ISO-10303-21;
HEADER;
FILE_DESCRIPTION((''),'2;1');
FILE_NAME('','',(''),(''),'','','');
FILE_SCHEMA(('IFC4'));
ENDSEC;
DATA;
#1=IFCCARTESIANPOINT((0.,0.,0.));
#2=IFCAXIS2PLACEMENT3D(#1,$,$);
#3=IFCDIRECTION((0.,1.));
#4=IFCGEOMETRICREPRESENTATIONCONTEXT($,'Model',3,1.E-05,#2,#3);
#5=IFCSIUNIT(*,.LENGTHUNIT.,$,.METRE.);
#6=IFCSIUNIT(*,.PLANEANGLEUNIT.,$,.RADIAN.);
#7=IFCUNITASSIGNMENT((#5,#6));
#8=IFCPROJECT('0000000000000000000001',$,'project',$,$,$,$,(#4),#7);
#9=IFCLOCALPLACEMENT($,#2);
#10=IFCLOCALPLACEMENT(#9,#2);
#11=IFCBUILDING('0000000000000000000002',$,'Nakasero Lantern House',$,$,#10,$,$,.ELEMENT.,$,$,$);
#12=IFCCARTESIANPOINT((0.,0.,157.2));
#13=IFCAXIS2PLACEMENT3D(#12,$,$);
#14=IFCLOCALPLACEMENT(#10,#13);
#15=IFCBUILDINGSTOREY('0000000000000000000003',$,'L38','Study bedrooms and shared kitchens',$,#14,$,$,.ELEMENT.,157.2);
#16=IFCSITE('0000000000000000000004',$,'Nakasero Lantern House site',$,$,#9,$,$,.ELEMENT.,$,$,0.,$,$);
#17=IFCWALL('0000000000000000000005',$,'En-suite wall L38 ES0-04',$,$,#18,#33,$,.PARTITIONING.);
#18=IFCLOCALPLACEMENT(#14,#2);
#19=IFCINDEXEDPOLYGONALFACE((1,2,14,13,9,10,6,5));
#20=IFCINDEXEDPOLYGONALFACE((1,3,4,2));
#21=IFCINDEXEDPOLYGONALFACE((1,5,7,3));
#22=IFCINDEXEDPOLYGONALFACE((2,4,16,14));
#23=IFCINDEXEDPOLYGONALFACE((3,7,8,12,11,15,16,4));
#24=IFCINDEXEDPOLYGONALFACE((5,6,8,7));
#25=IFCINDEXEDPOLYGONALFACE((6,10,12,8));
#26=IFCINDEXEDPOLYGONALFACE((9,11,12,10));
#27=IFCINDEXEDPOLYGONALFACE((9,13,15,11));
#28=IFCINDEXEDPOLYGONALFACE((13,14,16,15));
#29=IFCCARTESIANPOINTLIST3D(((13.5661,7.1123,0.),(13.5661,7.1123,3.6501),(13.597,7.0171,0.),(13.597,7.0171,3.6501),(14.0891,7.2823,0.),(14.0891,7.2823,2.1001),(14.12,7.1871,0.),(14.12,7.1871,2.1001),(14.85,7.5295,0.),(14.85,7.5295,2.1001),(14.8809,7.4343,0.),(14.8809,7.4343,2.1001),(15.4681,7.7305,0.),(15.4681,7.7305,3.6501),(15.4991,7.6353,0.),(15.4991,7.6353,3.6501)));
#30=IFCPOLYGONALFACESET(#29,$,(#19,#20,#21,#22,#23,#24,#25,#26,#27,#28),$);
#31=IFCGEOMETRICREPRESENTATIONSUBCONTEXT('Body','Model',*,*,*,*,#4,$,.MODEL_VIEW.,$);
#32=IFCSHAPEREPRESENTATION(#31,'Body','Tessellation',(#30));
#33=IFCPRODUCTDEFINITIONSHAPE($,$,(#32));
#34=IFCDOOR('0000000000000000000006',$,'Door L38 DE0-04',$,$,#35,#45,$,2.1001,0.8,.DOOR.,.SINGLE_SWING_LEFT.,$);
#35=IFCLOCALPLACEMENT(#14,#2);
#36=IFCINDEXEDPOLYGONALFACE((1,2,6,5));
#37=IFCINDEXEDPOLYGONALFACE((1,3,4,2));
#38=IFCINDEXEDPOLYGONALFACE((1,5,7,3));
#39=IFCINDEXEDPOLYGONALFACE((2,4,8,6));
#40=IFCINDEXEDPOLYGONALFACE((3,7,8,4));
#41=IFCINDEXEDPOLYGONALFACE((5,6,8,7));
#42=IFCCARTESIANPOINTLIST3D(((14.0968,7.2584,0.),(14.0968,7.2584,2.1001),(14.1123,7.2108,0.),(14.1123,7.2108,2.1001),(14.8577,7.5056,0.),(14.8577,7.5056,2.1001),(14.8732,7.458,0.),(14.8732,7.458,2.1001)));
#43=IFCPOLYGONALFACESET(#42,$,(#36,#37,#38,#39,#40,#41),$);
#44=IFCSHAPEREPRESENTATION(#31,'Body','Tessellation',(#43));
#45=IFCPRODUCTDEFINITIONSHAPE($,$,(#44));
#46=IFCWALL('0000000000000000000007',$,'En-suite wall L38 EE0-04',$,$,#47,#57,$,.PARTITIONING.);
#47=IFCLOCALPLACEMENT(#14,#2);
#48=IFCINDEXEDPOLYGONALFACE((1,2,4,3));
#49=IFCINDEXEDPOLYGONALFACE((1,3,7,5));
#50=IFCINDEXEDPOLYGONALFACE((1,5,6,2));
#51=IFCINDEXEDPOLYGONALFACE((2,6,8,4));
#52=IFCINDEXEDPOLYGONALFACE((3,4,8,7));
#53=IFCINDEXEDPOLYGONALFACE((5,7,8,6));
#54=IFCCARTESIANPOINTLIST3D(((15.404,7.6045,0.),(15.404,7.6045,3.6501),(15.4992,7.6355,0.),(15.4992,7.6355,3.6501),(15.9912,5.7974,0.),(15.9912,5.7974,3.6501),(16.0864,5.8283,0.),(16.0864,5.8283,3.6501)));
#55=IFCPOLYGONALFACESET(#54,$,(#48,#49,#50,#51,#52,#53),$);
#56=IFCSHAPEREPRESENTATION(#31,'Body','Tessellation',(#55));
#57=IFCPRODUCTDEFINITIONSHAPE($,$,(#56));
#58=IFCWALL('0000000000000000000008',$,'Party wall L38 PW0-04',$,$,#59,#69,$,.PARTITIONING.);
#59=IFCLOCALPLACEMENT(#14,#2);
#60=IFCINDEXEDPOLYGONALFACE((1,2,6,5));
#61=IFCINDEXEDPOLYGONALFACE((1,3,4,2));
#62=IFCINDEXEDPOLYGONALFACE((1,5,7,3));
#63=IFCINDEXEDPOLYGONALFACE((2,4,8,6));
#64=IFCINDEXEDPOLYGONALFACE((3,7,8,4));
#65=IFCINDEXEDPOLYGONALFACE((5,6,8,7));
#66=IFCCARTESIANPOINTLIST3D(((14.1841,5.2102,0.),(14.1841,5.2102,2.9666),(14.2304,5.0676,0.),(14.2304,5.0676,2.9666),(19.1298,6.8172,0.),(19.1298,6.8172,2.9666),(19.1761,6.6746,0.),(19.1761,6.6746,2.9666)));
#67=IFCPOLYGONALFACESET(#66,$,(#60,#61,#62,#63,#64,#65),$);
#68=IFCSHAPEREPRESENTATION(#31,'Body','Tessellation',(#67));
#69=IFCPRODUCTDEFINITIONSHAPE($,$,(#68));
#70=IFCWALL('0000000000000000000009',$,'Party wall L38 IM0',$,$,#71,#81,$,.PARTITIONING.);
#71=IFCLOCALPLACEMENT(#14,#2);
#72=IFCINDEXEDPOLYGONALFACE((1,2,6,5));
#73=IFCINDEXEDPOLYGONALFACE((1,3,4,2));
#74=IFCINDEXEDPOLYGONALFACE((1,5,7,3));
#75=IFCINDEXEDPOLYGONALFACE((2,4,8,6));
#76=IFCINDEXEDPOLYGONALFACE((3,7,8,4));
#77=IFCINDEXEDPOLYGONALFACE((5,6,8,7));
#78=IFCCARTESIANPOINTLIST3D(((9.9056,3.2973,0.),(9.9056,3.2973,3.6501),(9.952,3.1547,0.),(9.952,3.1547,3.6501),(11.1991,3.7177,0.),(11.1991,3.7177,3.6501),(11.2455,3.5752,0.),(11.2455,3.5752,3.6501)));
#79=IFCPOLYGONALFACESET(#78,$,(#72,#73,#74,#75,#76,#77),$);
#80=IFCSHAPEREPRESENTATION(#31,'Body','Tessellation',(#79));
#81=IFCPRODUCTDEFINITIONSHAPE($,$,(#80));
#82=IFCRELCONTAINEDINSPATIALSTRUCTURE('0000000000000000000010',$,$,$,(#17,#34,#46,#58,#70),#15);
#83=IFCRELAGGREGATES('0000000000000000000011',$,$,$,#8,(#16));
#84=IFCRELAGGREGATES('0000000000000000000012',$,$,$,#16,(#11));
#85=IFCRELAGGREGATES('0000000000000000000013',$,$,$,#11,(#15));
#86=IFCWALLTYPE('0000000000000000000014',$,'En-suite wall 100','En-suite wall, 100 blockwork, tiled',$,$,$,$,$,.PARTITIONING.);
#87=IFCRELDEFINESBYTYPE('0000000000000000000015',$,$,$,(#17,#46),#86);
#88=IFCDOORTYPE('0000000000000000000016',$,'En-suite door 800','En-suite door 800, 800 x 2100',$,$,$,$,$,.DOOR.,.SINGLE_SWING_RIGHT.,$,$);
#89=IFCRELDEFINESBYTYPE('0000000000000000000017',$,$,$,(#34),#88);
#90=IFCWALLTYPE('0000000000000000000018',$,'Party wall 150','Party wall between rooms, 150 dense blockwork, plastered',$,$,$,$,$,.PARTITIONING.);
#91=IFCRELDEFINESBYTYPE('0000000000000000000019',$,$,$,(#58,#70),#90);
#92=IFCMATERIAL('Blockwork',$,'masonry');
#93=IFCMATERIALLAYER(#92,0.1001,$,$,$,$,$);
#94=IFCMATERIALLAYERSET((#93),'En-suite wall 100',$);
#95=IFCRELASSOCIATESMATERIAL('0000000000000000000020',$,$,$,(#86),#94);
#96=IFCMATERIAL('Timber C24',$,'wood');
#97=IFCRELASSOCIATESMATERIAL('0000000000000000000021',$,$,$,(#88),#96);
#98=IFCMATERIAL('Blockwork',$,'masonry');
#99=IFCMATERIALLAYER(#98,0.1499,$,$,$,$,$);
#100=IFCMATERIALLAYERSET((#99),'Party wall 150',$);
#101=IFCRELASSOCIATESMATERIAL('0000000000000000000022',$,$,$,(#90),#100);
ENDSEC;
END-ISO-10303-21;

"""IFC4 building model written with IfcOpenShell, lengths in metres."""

from ifc_helpers import new_model, si_unit, direction, frame, frame_2d, origin, place, context, subcontext, project, spatial, rectangle, extrude, material, layer, layer_set, type_object, element, fill, save


model = new_model("IFC4")

# Units and contexts
model_context = context("Model", 3, precision=1e-05, world=origin(), true_north=direction((0.0, 1.0)))
body_context = subcontext(model_context, "Body", "Model", "MODEL_VIEW")
ifc_project = project(units=[si_unit("LENGTHUNIT", "METRE"), si_unit("PLANEANGLEUNIT", "RADIAN")], contexts=[model_context])

# Site, building, storey
site_placement = place(None, origin())
site = spatial("IfcSite", under=ifc_project, at=site_placement, Name="Nakasero Lantern House site", CompositionType="ELEMENT", RefElevation=0.0)
building_placement = place(site_placement, origin())
building = spatial("IfcBuilding", under=site, at=building_placement, Name="Nakasero Lantern House", CompositionType="ELEMENT")
storey_placement = place(building_placement, frame((0.0, 0.0, 157.2)))
storey = spatial("IfcBuildingStorey", under=building, at=storey_placement, Name="L38", Description="Study bedrooms and shared kitchens", CompositionType="ELEMENT", Elevation=157.2)

# Shared definitions
ifc_material_1 = material(Name="Blockwork", Category="masonry")
ifc_layer_1 = layer(ifc_material_1, 0.1001)
ifc_layer_set_1 = layer_set([ifc_layer_1], Name="En-suite wall 100")
wall_type_1 = type_object("IfcWallType", Name="En-suite wall 100", Description="En-suite wall, 100 blockwork, tiled", PredefinedType="PARTITIONING", material=ifc_layer_set_1)

# Wall, opening, door
wall_1_placement = place(storey_placement, frame((13.5815, 7.0647, 0.0), z_axis=(0.0, 0.0, 1.0), x_axis=(0.951037, 0.309078, 0.0)))
wall_1 = element("IfcWall", 1, at=wall_1_placement, inside=storey, type_object=wall_type_1, Name="En-suite wall L38 ES0-04", PredefinedType="PARTITIONING", context=body_context, shape_type="SweptSolid", body=[
    extrude(rectangle(XDim=2.0, YDim=0.1001, at=frame_2d((1.0, 0.0))), origin(), (0.0, 0.0, 1.0), 3.6501),
])
opening_placement = place(wall_1_placement, frame((0.55, 0.0, 0.0)))
opening = element("IfcOpeningElement", 2, at=opening_placement, cuts=wall_1, PredefinedType="OPENING", context=body_context, shape_type="SweptSolid", body=[
    extrude(rectangle(XDim=0.8, YDim=2.1001, at=frame_2d((0.3999, 1.05))), frame((0.0, 0.0701, 0.0), z_axis=(0.0, -1.0, 0.0), x_axis=(1.0, 0.0, 0.0)), (0.0, 0.0, 1.0), 0.1401),
])
ifc_material_2 = material(Name="Timber C24", Category="wood")
door_type = type_object("IfcDoorType", Name="En-suite door 800", Description="En-suite door 800, 800 x 2100", OperationType="SINGLE_SWING_RIGHT", PredefinedType="DOOR", material=ifc_material_2)
door_placement = place(opening_placement, origin())
door = element("IfcDoor", 3, at=door_placement, inside=storey, type_object=door_type, Name="Door L38 DE0-04", OperationType="SINGLE_SWING_LEFT", OverallHeight=2.1001, OverallWidth=0.8, PredefinedType="DOOR", context=body_context, shape_type="SweptSolid", body=[
    extrude(rectangle(XDim=0.8, YDim=2.1001, at=frame_2d((0.3999, 1.05))), frame((0.0, 0.0249, 0.0), z_axis=(0.0, -1.0, 0.0), x_axis=(1.0, 0.0, 0.0)), (0.0, 0.0, 1.0), 0.05),
])
fill(opening, door)

# Walls
wall_2_placement = place(storey_placement, frame((16.0388, 5.8127, 0.0), z_axis=(0.0, 0.0, 1.0), x_axis=(-0.309011, 0.951059, 0.0)))
element("IfcWall", 4, at=wall_2_placement, inside=storey, type_object=wall_type_1, Name="En-suite wall L38 EE0-04", PredefinedType="PARTITIONING", context=body_context, shape_type="SweptSolid", body=[
    extrude(rectangle(XDim=1.9001, YDim=0.1001, at=frame_2d((0.9502, 0.0))), origin(), (0.0, 0.0, 1.0), 3.6501),
])
ifc_material_3 = material(Name="Blockwork", Category="masonry")
ifc_layer_2 = layer(ifc_material_3, 0.1499)
ifc_layer_set_2 = layer_set([ifc_layer_2], Name="Party wall 150")
wall_type_2 = type_object("IfcWallType", Name="Party wall 150", Description="Party wall between rooms, 150 dense blockwork, plastered", PredefinedType="PARTITIONING", material=ifc_layer_set_2)
wall_3_placement = place(storey_placement, frame((14.2073, 5.1389, 0.0), z_axis=(0.0, 0.0, 1.0), x_axis=(0.951055, 0.309021, 0.0)))
element("IfcWall", 5, at=wall_3_placement, inside=storey, type_object=wall_type_2, Name="Party wall L38 PW0-04", PredefinedType="PARTITIONING", context=body_context, shape_type="SweptSolid", body=[
    extrude(rectangle(XDim=5.2002, YDim=0.1499, at=frame_2d((2.6001, 0.0))), origin(), (0.0, 0.0, 1.0), 2.9666),
])
wall_4_placement = place(storey_placement, frame((11.2224, 3.6465, 0.0), z_axis=(0.0, 0.0, 1.0), x_axis=(-0.951026, -0.30911, 0.0)))
element("IfcWall", 6, at=wall_4_placement, inside=storey, type_object=wall_type_2, Name="Party wall L38 IM0", PredefinedType="PARTITIONING", context=body_context, shape_type="SweptSolid", body=[
    extrude(rectangle(XDim=1.3601, YDim=0.1499, at=frame_2d((0.6802, 0.0))), origin(), (0.0, 0.0, 1.0), 3.6501),
])

save(model, "model.ifc")
